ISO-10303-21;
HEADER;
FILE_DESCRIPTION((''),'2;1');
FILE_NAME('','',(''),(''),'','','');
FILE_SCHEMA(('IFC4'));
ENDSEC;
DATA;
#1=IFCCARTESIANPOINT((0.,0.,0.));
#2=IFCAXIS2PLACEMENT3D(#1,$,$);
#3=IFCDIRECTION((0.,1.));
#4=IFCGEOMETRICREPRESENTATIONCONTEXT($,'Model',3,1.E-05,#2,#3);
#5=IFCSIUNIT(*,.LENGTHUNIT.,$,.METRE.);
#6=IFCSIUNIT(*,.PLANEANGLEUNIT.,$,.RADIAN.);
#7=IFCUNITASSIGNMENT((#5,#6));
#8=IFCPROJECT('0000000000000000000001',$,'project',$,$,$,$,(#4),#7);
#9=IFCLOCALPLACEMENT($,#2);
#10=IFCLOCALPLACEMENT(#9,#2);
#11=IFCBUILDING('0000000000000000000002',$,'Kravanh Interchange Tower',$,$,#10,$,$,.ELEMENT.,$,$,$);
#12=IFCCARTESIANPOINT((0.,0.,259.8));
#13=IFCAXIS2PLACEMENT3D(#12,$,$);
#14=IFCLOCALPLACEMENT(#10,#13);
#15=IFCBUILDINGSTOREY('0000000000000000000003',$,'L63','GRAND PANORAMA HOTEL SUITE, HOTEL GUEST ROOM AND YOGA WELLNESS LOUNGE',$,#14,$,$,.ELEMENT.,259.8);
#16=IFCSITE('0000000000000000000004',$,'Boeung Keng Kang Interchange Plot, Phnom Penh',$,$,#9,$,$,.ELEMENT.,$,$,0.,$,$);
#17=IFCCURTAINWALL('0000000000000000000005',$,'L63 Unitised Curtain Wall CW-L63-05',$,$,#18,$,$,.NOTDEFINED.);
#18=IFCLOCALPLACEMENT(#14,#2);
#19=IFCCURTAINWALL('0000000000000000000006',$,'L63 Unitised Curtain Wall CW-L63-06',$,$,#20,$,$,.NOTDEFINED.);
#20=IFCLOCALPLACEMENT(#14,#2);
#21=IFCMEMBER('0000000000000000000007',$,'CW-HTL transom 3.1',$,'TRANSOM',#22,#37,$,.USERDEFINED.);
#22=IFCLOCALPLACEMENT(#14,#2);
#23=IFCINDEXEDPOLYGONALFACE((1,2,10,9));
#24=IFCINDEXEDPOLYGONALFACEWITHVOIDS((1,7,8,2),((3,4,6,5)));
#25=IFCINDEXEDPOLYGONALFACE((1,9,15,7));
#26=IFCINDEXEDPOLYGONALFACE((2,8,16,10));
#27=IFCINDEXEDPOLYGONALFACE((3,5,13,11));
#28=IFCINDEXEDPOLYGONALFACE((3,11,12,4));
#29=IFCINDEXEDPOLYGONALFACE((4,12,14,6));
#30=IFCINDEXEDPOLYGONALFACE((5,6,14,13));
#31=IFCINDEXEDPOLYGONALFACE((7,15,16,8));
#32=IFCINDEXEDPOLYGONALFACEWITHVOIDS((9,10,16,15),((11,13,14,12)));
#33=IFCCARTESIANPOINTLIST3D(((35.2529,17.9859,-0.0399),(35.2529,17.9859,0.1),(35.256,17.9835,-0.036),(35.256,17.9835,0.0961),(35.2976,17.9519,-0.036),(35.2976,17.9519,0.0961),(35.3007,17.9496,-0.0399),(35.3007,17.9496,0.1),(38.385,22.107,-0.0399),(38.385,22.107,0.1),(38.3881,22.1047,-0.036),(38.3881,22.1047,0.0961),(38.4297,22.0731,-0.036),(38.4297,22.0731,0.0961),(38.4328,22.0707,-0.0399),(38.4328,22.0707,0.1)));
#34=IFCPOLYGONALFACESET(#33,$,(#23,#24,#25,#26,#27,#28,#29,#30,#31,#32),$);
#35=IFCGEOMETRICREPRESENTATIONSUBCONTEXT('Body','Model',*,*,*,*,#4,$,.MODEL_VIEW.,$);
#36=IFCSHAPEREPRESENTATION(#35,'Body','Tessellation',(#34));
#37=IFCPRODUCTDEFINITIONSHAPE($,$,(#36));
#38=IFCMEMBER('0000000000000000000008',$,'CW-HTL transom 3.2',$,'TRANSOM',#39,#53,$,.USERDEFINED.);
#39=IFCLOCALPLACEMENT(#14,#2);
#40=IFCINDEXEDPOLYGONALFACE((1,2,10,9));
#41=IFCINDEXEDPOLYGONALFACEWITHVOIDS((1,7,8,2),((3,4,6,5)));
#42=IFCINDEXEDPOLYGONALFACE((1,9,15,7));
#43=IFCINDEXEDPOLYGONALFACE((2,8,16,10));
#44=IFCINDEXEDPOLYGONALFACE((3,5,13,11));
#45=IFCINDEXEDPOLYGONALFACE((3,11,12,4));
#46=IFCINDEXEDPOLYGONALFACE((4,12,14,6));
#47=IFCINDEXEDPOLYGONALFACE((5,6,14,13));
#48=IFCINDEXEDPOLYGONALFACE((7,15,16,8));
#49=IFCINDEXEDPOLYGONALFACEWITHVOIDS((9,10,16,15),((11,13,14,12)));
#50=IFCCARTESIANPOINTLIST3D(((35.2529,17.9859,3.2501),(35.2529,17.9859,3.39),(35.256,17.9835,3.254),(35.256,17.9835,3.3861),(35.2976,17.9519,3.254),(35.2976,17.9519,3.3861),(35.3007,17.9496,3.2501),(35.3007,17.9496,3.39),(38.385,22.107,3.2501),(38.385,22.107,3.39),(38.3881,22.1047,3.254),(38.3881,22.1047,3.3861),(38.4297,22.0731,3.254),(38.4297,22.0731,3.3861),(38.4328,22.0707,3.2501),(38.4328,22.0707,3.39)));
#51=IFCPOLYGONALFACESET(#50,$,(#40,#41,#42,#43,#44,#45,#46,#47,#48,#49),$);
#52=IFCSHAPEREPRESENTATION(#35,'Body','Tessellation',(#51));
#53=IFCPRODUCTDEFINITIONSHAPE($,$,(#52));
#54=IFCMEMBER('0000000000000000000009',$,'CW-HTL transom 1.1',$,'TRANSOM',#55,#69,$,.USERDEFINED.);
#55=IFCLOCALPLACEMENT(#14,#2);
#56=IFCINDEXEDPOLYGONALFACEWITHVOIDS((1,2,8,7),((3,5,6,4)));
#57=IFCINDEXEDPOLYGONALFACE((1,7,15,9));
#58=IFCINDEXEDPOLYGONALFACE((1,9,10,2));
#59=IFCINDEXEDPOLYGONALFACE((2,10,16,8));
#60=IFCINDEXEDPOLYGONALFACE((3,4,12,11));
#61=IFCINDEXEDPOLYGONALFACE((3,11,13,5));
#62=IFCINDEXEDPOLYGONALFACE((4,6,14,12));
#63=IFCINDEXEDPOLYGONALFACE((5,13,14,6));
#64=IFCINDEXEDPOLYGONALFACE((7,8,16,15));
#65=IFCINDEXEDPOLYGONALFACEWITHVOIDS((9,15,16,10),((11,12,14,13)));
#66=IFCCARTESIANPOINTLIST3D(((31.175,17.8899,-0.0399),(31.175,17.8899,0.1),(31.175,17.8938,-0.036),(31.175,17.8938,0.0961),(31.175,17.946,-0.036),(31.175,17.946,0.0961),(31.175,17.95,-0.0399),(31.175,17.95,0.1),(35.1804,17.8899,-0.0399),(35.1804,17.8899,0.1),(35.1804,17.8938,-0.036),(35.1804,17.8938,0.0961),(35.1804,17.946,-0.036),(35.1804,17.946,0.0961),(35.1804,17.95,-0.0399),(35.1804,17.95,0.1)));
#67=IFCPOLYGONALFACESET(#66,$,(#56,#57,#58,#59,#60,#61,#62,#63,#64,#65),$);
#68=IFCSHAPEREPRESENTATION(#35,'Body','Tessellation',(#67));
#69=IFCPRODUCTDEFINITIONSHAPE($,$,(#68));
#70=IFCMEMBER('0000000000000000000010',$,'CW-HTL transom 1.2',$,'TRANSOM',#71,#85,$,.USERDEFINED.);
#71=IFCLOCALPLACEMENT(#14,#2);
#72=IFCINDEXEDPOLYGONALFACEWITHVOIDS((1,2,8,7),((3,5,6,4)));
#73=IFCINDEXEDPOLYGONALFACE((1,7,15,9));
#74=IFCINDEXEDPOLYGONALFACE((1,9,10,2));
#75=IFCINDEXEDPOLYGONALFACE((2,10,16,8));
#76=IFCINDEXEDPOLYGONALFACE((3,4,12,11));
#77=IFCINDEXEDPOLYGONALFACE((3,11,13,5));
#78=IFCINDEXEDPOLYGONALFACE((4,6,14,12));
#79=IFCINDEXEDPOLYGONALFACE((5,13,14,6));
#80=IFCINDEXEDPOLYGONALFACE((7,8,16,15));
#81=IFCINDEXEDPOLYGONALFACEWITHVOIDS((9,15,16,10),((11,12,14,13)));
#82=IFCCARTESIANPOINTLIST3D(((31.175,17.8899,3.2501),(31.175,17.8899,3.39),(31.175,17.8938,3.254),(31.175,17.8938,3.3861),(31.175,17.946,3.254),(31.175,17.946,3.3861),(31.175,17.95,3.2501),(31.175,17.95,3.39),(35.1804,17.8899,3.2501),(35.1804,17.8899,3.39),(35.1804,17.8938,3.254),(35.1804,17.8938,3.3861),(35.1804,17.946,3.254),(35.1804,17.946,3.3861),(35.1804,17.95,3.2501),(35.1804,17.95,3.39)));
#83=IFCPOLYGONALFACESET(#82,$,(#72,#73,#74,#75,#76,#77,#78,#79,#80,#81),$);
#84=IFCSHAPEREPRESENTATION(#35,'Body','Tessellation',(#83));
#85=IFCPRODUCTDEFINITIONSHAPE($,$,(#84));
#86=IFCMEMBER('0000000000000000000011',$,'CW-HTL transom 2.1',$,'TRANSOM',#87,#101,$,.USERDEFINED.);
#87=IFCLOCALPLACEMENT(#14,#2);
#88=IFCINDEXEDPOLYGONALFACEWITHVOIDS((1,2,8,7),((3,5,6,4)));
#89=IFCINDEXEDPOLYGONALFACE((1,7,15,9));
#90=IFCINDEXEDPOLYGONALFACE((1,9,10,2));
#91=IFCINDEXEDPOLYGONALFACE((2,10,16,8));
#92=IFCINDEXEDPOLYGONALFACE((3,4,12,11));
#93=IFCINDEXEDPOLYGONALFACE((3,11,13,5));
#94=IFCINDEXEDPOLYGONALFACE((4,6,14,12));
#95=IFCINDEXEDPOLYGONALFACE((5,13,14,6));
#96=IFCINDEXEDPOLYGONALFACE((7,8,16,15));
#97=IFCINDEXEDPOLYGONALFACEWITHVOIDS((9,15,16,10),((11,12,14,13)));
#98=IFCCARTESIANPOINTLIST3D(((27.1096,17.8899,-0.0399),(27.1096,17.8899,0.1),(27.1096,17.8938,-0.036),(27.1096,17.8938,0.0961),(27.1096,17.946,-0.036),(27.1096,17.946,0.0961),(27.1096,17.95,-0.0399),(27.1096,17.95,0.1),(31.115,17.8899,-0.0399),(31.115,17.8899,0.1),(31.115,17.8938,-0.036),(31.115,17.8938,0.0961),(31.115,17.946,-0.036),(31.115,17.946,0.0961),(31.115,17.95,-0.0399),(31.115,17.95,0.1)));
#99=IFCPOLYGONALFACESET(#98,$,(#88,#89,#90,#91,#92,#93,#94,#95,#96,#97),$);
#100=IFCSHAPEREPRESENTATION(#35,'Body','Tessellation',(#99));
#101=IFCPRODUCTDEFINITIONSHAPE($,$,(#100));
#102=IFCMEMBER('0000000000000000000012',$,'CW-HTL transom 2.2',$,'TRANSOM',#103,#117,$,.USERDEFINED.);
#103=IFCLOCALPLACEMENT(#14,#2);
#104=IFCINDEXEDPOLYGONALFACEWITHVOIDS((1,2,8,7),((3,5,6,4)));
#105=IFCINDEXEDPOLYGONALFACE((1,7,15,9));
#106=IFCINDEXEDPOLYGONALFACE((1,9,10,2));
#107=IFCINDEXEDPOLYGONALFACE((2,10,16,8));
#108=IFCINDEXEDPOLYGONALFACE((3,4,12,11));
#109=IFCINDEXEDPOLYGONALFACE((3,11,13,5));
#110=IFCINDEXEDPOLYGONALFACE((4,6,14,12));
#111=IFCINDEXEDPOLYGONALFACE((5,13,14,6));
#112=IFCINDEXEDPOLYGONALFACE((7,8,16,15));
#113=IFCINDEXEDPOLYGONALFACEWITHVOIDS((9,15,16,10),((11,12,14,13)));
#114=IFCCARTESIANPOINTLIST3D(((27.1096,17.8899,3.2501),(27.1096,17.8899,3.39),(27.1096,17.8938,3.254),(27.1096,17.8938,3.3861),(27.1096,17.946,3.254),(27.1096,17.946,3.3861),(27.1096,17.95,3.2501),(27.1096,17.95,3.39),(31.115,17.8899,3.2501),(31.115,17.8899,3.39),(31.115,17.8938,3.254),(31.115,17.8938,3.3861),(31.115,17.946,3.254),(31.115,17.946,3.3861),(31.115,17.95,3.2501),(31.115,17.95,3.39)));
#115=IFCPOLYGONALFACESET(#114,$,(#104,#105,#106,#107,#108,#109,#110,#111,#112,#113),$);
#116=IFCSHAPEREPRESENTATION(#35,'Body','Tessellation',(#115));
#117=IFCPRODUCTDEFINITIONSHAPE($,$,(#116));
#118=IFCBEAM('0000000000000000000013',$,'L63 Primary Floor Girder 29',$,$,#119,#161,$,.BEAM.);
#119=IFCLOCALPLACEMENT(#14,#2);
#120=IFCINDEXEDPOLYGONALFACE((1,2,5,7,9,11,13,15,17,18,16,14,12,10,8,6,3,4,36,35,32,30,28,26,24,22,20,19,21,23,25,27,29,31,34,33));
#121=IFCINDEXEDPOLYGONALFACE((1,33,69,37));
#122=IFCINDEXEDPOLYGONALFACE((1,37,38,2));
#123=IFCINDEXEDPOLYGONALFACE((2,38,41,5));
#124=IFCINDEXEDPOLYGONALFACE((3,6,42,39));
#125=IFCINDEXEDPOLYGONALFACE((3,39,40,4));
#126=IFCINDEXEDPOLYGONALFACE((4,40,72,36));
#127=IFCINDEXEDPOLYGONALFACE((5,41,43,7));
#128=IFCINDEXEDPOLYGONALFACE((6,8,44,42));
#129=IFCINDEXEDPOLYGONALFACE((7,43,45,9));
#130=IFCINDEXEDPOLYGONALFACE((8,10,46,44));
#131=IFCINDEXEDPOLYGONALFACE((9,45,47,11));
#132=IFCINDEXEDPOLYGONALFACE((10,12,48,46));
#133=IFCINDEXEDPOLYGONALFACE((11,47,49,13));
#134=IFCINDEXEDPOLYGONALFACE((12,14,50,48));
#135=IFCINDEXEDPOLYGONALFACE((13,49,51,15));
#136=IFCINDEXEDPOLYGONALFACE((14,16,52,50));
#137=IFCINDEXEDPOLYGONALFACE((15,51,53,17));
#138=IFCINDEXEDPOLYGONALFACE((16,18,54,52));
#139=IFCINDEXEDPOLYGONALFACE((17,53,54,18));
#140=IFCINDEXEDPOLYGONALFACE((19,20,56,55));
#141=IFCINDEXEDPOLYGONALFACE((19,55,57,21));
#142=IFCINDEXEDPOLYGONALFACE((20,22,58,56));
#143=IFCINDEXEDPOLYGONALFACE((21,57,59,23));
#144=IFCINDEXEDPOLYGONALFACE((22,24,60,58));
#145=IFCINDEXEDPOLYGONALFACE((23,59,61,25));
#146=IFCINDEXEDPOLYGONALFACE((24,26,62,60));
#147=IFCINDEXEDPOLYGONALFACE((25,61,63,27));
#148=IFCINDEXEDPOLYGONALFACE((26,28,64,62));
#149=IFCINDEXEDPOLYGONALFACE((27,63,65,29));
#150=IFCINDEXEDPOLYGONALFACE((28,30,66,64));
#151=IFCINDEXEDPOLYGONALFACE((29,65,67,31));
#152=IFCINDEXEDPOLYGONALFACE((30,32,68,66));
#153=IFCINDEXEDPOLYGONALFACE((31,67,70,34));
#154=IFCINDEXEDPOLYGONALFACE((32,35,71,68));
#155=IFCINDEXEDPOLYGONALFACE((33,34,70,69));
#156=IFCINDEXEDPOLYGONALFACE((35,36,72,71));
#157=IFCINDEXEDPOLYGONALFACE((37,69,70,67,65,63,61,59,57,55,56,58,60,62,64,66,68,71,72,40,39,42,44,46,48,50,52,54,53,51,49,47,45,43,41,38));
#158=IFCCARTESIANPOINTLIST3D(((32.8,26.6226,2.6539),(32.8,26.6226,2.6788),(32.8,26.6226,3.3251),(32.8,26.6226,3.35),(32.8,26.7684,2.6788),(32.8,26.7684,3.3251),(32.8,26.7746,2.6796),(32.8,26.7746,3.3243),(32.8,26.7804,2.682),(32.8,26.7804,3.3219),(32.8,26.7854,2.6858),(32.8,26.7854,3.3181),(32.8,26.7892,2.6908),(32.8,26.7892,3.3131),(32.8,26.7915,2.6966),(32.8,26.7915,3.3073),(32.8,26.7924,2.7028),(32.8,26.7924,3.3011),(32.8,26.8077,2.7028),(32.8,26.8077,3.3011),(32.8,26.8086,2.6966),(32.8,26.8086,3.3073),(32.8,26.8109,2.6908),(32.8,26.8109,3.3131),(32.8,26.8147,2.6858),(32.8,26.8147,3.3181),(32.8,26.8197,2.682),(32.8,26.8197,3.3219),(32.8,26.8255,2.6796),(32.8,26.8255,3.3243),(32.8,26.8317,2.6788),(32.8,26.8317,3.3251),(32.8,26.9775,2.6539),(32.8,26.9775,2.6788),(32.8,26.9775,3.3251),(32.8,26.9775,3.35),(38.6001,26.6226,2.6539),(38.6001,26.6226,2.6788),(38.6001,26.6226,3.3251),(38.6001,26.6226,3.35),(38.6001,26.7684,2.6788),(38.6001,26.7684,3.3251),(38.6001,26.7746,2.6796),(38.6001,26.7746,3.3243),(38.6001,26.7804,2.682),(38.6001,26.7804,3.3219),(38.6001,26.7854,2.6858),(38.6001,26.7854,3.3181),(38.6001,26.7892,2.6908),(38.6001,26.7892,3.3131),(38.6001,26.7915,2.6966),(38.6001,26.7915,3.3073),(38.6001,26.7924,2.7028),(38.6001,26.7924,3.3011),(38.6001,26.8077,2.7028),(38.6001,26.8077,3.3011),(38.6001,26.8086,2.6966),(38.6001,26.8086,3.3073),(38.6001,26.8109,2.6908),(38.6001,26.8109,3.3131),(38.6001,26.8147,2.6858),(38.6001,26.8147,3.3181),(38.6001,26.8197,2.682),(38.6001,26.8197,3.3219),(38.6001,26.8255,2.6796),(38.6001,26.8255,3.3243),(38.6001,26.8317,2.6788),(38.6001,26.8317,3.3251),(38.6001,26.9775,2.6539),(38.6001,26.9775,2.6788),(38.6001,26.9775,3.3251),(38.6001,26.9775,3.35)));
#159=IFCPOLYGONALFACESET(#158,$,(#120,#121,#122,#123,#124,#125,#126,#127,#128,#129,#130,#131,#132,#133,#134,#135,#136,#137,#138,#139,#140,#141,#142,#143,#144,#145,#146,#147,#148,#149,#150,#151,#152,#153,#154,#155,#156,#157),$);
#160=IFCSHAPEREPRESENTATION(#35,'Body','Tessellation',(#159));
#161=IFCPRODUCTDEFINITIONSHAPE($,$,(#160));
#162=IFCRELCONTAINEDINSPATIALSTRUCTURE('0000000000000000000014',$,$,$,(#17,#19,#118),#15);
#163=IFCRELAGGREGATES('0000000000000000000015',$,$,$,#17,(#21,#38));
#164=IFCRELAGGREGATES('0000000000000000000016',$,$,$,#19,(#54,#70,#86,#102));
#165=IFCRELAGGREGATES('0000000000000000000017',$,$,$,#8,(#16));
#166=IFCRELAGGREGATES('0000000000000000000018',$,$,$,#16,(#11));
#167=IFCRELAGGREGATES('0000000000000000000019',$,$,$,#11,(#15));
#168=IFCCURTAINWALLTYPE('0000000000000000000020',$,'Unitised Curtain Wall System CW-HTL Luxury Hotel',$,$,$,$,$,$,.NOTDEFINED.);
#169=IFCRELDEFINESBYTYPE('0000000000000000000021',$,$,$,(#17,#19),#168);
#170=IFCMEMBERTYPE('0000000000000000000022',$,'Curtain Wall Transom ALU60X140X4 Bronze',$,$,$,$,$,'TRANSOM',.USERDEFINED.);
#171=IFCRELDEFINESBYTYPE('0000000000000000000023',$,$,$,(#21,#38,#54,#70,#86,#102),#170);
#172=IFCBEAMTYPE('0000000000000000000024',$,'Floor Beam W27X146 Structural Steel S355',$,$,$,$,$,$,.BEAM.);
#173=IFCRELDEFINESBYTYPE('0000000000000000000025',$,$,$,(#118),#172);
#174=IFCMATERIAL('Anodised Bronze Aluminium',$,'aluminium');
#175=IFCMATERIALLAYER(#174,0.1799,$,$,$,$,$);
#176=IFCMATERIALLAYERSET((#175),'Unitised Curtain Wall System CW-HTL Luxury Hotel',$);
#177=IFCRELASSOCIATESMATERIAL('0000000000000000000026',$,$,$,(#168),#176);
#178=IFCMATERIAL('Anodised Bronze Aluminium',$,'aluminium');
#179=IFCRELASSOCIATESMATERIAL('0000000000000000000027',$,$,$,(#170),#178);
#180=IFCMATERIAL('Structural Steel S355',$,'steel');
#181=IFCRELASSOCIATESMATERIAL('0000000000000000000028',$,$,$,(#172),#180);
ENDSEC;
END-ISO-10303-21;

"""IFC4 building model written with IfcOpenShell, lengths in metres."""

from ifc_helpers import new_model, si_unit, direction, frame, origin, origin_2d, place, context, subcontext, project, spatial, hollow_rectangle, i_section, extrude, material, layer, layer_set, material_profile, profile_set, type_object, element, aggregate, save


model = new_model("IFC4")

# Units and contexts
model_context = context("Model", 3, precision=1e-05, world=origin(), true_north=direction((0.0, 1.0)))
body_context = subcontext(model_context, "Body", "Model", "MODEL_VIEW")
ifc_project = project(units=[si_unit("LENGTHUNIT", "METRE"), si_unit("PLANEANGLEUNIT", "RADIAN")], contexts=[model_context])

# Site, building, storey
site_placement = place(None, origin())
site = spatial("IfcSite", under=ifc_project, at=site_placement, Name="Boeung Keng Kang Interchange Plot, Phnom Penh", CompositionType="ELEMENT", RefElevation=0.0)
building_placement = place(site_placement, origin())
building = spatial("IfcBuilding", under=site, at=building_placement, Name="Kravanh Interchange Tower", CompositionType="ELEMENT")
storey_placement = place(building_placement, frame((0.0, 0.0, 259.8)))
storey = spatial("IfcBuildingStorey", under=building, at=storey_placement, Name="L63", Description="GRAND PANORAMA HOTEL SUITE, HOTEL GUEST ROOM AND YOGA WELLNESS LOUNGE", CompositionType="ELEMENT", Elevation=259.8)

# Curtain walls
ifc_material_1 = material(Name="Anodised Bronze Aluminium", Category="aluminium")
ifc_layer_1 = layer(ifc_material_1, 0.1799)
ifc_layer_set_1 = layer_set([ifc_layer_1], Name="Unitised Curtain Wall System CW-HTL Luxury Hotel")
curtain_wall_type = type_object("IfcCurtainWallType", Name="Unitised Curtain Wall System CW-HTL Luxury Hotel", PredefinedType="NOTDEFINED", material=ifc_layer_set_1)
curtain_wall_1_placement = place(storey_placement, origin())
curtain_wall_1 = element("IfcCurtainWall", 1, at=curtain_wall_1_placement, inside=storey, type_object=curtain_wall_type, Name="L63 Unitised Curtain Wall CW-L63-05", PredefinedType="NOTDEFINED")
curtain_wall_2_placement = place(storey_placement, origin())
curtain_wall_2 = element("IfcCurtainWall", 2, at=curtain_wall_2_placement, inside=storey, type_object=curtain_wall_type, Name="L63 Unitised Curtain Wall CW-L63-06", PredefinedType="NOTDEFINED")

# Members
ifc_material_2 = material(Name="Anodised Bronze Aluminium", Category="aluminium")
ifc_material_profile_1 = material_profile(ifc_material_2, hollow_rectangle(XDim=0.0601, YDim=0.1399, WallThickness=0.0039, at=origin_2d()), Name="ALU60X140X4")
ifc_profile_set_1 = profile_set([ifc_material_profile_1], Name="Anodised Bronze Aluminium")
member_type_1 = type_object("IfcMemberType", Name="Curtain Wall Transom ALU60X140X4 Bronze", ElementType="TRANSOM", PredefinedType="USERDEFINED", material=ifc_profile_set_1)
member_1_placement = place(storey_placement, frame((38.4089, 22.0889, 0.03), z_axis=(-0.605089, -0.796158, 0.0), x_axis=(0.796158, -0.605089, 0.0)))
member_1 = element("IfcMember", 3, at=member_1_placement, type_object=member_type_1, Name="CW-HTL transom 3.1", ObjectType="TRANSOM", PredefinedType="USERDEFINED", context=body_context, shape_type="SweptSolid", body=[
    extrude(hollow_rectangle(XDim=0.0601, YDim=0.1399, WallThickness=0.0039, at=origin_2d()), origin(), (0.0, 0.0, 1.0), 5.1763),
])
member_2_placement = place(storey_placement, frame((38.4089, 22.0889, 3.3201), z_axis=(-0.605089, -0.796158, 0.0), x_axis=(0.796158, -0.605089, 0.0)))
member_2 = element("IfcMember", 4, at=member_2_placement, type_object=member_type_1, Name="CW-HTL transom 3.2", ObjectType="TRANSOM", PredefinedType="USERDEFINED", context=body_context, shape_type="SweptSolid", body=[
    extrude(hollow_rectangle(XDim=0.0601, YDim=0.1399, WallThickness=0.0039, at=origin_2d()), origin(), (0.0, 0.0, 1.0), 5.1763),
])
member_3_placement = place(storey_placement, frame((35.1804, 17.9199, 0.03), z_axis=(-1.0, 0.0, 0.0), x_axis=(0.0, -1.0, 0.0)))
member_3 = element("IfcMember", 5, at=member_3_placement, type_object=member_type_1, Name="CW-HTL transom 1.1", ObjectType="TRANSOM", PredefinedType="USERDEFINED", context=body_context, shape_type="SweptSolid", body=[
    extrude(hollow_rectangle(XDim=0.0601, YDim=0.1399, WallThickness=0.0039, at=origin_2d()), origin(), (0.0, 0.0, 1.0), 4.0054),
])
member_4_placement = place(storey_placement, frame((35.1804, 17.9199, 3.3201), z_axis=(-1.0, 0.0, 0.0), x_axis=(0.0, -1.0, 0.0)))
member_4 = element("IfcMember", 6, at=member_4_placement, type_object=member_type_1, Name="CW-HTL transom 1.2", ObjectType="TRANSOM", PredefinedType="USERDEFINED", context=body_context, shape_type="SweptSolid", body=[
    extrude(hollow_rectangle(XDim=0.0601, YDim=0.1399, WallThickness=0.0039, at=origin_2d()), origin(), (0.0, 0.0, 1.0), 4.0054),
])
member_5_placement = place(storey_placement, frame((31.115, 17.9199, 0.03), z_axis=(-1.0, 0.0, 0.0), x_axis=(0.0, -1.0, 0.0)))
member_5 = element("IfcMember", 7, at=member_5_placement, type_object=member_type_1, Name="CW-HTL transom 2.1", ObjectType="TRANSOM", PredefinedType="USERDEFINED", context=body_context, shape_type="SweptSolid", body=[
    extrude(hollow_rectangle(XDim=0.0601, YDim=0.1399, WallThickness=0.0039, at=origin_2d()), origin(), (0.0, 0.0, 1.0), 4.0054),
])
member_6_placement = place(storey_placement, frame((31.115, 17.9199, 3.3201), z_axis=(-1.0, 0.0, 0.0), x_axis=(0.0, -1.0, 0.0)))
member_6 = element("IfcMember", 8, at=member_6_placement, type_object=member_type_1, Name="CW-HTL transom 2.2", ObjectType="TRANSOM", PredefinedType="USERDEFINED", context=body_context, shape_type="SweptSolid", body=[
    extrude(hollow_rectangle(XDim=0.0601, YDim=0.1399, WallThickness=0.0039, at=origin_2d()), origin(), (0.0, 0.0, 1.0), 4.0054),
])

# Beam
ifc_material_3 = material(Name="Structural Steel S355", Category="steel")
ifc_material_profile_2 = material_profile(ifc_material_3, i_section(OverallWidth=0.355, OverallDepth=0.696, WebThickness=0.0154, FlangeThickness=0.0249, FilletRadius=0.0239, at=origin_2d()), Name="W27X146")
ifc_profile_set_2 = profile_set([ifc_material_profile_2], Name="Structural Steel S355")
beam_type_1 = type_object("IfcBeamType", Name="Floor Beam W27X146 Structural Steel S355", PredefinedType="BEAM", material=ifc_profile_set_2)
beam_1_placement = place(storey_placement, frame((38.6001, 26.8, 3.002), z_axis=(-1.0, 0.0, 0.0), x_axis=(0.0, -1.0, 0.0)))
element("IfcBeam", 9, at=beam_1_placement, inside=storey, type_object=beam_type_1, Name="L63 Primary Floor Girder 29", PredefinedType="BEAM", context=body_context, shape_type="SweptSolid", body=[
    extrude(i_section(OverallWidth=0.355, OverallDepth=0.696, WebThickness=0.0154, FlangeThickness=0.0249, FilletRadius=0.0239, at=origin_2d()), origin(), (0.0, 0.0, 1.0), 5.8),
])

aggregate(curtain_wall_1, [member_1, member_2])
aggregate(curtain_wall_2, [member_3, member_4, member_5, member_6])

save(model, "model.ifc")
